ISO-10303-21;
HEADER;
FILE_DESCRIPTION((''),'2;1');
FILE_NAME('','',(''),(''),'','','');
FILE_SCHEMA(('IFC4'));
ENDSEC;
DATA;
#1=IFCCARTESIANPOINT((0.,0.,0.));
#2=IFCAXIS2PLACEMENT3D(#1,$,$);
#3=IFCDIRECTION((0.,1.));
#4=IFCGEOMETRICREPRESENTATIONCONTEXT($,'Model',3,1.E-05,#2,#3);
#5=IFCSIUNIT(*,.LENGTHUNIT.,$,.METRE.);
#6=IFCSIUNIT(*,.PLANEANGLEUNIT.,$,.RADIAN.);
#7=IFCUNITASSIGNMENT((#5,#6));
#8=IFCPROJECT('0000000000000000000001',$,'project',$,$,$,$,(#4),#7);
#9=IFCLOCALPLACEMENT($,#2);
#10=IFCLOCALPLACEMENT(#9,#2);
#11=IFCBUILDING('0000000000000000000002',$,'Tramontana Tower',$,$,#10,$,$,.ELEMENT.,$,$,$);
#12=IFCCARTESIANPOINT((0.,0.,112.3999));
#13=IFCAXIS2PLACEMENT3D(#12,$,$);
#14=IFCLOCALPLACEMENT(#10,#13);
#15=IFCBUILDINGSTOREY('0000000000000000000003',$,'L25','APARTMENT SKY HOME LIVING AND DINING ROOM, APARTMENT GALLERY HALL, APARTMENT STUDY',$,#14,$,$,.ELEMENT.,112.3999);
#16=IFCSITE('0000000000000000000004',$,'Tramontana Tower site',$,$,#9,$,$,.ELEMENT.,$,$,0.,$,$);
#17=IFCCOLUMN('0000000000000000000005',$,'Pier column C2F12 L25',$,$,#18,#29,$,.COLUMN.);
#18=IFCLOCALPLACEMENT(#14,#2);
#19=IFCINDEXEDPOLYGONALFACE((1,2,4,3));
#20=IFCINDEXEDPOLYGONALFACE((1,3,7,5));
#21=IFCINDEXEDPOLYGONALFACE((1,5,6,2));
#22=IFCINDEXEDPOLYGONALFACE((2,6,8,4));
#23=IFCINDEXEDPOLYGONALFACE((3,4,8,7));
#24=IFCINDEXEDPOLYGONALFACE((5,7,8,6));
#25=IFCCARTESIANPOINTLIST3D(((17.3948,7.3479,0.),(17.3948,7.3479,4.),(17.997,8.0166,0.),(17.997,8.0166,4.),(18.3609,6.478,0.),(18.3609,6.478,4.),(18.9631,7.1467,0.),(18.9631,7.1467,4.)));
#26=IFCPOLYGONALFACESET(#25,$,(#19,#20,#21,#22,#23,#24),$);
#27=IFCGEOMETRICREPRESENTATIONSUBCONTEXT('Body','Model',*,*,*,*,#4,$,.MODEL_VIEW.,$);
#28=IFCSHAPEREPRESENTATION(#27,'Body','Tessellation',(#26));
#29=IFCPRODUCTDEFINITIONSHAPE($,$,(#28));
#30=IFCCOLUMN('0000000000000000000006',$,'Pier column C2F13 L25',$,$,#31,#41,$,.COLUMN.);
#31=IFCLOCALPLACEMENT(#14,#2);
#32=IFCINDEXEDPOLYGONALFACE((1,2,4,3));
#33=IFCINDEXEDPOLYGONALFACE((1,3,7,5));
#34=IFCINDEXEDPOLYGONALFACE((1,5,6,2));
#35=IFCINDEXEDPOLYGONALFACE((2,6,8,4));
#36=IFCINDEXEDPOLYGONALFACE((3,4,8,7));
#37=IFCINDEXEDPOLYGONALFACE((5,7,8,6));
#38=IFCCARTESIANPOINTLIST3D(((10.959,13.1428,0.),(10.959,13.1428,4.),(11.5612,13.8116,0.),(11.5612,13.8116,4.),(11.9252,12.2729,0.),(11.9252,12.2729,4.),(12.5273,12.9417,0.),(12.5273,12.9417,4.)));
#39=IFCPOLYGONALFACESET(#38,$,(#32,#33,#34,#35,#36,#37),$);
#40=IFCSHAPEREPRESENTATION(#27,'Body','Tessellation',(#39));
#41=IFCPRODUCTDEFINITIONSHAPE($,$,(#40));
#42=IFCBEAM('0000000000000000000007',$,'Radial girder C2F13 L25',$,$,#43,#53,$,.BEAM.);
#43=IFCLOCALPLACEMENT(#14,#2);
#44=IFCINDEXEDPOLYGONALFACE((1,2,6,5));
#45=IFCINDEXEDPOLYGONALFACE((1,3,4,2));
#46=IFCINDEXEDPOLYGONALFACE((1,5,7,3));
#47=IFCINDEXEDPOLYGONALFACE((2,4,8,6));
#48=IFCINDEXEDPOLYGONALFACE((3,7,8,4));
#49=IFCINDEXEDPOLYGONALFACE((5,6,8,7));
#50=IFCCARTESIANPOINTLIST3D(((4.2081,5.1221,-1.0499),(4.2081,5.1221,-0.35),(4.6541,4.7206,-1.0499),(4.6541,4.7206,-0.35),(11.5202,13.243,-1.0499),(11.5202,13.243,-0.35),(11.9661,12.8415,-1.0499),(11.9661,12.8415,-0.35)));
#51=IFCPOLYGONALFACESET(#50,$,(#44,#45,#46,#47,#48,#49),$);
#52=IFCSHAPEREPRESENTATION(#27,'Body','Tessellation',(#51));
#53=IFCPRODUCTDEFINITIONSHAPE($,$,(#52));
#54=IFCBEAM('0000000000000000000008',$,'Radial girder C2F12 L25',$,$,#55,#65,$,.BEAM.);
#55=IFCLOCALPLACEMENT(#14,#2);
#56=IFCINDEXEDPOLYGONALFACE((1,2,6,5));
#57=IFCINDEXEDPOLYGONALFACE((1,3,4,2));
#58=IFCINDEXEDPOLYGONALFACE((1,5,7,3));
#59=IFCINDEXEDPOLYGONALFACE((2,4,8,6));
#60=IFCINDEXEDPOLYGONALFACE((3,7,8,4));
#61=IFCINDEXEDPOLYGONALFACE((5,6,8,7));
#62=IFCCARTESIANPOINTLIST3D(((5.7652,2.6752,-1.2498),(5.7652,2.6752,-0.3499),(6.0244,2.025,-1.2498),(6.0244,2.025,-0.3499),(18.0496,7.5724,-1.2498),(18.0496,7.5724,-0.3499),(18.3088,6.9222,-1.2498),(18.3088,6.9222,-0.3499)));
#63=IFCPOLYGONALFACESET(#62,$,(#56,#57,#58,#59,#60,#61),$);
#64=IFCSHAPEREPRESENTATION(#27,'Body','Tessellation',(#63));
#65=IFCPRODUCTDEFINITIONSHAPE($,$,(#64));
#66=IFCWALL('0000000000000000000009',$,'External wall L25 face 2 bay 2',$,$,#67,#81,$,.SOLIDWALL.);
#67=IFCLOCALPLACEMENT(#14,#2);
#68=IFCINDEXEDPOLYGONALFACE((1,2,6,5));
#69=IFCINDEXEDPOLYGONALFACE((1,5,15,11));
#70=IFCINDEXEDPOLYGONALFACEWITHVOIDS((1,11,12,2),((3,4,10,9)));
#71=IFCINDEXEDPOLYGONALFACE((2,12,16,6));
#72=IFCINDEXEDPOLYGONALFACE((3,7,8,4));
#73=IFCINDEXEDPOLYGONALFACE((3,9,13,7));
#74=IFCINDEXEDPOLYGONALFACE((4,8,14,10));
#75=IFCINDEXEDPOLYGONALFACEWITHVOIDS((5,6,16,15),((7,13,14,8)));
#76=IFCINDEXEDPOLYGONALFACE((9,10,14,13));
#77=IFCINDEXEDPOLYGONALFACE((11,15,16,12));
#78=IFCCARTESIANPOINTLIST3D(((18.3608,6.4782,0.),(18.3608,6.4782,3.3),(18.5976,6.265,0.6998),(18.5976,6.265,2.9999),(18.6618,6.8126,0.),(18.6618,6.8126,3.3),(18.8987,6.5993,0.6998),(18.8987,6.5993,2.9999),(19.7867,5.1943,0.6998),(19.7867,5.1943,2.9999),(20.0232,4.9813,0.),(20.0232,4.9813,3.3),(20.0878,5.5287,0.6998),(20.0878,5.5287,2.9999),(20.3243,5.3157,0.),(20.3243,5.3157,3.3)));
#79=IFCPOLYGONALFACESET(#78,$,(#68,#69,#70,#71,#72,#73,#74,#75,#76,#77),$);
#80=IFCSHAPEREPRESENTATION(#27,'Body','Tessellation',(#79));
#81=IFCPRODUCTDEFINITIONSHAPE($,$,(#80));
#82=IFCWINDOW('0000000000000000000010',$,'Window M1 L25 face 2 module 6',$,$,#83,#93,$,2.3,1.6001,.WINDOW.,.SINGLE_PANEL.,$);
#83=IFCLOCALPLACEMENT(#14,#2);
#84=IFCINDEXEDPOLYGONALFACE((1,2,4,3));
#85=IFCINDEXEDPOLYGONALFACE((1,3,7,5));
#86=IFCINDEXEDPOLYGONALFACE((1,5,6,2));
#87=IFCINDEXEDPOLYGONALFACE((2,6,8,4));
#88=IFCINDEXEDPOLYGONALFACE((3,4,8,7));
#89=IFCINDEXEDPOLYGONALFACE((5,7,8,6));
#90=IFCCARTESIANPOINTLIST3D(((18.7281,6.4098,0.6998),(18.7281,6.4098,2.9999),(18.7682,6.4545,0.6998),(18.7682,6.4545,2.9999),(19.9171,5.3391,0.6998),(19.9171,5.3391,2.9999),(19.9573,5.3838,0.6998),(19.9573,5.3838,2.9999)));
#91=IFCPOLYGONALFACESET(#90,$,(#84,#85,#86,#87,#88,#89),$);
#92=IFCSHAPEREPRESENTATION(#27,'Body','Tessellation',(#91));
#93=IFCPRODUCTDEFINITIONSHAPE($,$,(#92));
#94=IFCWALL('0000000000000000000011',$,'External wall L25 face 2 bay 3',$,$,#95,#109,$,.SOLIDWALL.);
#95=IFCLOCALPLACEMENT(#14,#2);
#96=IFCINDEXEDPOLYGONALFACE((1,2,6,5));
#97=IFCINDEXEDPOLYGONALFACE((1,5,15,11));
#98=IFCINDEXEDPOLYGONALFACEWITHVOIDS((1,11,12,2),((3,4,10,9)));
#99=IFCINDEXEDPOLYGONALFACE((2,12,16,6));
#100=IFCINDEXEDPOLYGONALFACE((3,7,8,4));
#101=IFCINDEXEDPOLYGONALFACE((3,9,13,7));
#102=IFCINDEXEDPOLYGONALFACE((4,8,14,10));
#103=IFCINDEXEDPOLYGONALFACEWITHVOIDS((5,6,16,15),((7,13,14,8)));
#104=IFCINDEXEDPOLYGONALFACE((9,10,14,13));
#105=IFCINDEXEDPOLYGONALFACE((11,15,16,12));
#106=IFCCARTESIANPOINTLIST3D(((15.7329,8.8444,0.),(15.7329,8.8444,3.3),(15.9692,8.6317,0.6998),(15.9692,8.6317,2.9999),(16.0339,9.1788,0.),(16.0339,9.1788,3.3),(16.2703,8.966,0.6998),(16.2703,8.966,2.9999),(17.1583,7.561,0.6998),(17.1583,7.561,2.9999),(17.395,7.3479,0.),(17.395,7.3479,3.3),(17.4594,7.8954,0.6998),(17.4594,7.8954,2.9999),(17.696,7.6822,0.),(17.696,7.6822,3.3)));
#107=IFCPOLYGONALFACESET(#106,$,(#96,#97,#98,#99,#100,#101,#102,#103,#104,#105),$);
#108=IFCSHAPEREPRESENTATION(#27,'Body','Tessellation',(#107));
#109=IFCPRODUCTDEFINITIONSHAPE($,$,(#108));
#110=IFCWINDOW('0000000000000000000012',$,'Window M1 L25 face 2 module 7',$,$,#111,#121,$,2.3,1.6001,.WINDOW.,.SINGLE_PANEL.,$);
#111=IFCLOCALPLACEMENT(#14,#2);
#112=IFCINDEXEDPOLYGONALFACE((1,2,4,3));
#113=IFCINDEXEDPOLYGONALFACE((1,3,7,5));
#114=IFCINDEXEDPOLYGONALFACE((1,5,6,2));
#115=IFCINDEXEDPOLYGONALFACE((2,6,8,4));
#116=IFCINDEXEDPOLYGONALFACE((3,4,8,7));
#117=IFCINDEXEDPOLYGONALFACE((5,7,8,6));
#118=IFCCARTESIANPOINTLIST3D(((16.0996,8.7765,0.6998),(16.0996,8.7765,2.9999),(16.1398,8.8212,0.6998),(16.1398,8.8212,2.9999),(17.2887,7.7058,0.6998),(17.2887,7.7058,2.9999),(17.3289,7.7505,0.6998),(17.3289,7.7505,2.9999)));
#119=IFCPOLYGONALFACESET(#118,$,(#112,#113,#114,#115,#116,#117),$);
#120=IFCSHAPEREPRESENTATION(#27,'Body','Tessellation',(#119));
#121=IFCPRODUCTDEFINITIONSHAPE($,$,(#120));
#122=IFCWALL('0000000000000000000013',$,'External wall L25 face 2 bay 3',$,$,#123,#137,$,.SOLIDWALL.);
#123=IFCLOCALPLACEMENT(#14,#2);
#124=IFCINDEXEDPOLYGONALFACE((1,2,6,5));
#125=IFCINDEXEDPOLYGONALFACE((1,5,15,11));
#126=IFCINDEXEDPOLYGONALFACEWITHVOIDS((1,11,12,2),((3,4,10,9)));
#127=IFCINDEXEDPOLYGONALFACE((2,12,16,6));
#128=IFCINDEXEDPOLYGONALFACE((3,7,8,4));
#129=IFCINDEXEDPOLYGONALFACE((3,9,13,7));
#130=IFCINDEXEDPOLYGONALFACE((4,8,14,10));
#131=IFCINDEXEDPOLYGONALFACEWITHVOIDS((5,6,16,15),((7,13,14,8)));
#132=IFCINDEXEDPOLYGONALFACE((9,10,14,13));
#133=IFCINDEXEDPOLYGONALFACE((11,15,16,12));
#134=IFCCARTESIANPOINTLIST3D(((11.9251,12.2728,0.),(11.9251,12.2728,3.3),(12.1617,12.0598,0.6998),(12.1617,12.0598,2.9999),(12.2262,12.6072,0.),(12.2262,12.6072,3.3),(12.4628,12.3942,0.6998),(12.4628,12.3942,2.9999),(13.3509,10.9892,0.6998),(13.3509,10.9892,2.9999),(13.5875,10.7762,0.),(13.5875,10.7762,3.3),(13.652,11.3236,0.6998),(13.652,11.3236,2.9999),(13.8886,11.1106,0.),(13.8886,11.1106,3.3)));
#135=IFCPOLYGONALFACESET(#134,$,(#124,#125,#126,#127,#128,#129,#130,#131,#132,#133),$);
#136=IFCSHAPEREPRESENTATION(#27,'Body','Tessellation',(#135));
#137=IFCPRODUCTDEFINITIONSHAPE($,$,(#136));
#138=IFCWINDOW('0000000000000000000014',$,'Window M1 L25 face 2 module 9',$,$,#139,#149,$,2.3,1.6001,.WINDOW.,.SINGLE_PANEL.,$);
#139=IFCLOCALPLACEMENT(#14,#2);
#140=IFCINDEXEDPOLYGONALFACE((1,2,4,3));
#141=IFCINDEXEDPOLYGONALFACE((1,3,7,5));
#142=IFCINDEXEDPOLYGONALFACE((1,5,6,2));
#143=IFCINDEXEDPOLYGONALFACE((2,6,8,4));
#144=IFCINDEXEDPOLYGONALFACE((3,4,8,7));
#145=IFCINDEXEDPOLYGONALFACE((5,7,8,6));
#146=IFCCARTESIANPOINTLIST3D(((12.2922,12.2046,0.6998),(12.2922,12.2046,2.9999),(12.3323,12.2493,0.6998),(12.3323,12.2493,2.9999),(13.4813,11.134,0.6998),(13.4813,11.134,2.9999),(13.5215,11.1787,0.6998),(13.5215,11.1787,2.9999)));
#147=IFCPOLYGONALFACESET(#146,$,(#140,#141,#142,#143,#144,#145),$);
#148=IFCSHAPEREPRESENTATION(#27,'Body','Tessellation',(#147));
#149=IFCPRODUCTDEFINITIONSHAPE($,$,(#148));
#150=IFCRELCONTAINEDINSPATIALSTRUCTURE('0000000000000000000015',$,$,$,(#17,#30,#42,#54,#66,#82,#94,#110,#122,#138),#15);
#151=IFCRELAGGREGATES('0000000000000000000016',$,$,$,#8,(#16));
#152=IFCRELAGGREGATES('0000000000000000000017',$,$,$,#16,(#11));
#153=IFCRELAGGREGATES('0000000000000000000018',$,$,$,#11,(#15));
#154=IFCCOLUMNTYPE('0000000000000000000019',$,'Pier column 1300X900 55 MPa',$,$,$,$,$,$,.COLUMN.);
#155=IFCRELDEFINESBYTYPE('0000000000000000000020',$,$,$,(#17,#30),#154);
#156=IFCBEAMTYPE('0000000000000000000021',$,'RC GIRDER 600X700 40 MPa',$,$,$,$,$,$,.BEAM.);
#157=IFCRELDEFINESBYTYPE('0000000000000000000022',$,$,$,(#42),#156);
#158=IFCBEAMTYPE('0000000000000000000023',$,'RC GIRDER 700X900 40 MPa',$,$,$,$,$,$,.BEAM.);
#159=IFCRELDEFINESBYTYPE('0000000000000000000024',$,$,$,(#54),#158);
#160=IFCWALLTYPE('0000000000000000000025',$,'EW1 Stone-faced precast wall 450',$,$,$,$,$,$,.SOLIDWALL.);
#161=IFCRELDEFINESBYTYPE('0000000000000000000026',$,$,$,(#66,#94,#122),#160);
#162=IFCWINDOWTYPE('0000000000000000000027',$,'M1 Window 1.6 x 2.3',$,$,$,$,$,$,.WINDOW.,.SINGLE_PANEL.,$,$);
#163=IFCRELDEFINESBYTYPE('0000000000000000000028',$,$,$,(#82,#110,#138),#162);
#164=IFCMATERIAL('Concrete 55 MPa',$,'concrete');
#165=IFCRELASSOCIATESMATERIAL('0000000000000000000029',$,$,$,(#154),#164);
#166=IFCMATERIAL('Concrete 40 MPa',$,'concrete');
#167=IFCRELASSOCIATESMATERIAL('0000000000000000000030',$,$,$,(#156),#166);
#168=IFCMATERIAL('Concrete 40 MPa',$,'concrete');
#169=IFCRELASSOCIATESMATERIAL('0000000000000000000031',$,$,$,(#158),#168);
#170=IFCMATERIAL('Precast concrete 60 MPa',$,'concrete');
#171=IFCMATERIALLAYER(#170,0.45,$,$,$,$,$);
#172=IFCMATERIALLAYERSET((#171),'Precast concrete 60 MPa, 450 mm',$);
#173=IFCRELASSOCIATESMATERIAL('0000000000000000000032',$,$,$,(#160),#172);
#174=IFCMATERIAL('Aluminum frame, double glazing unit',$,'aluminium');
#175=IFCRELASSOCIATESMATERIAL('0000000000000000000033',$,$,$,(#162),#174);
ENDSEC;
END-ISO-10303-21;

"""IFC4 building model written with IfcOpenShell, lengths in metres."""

from ifc_helpers import new_model, si_unit, direction, frame, frame_2d, origin, origin_2d, place, context, subcontext, project, spatial, rectangle, extrude, material, layer, layer_set, material_profile, profile_set, type_object, element, fill, save


model = new_model("IFC4")

# Units and contexts
model_context = context("Model", 3, precision=1e-05, world=origin(), true_north=direction((0.0, 1.0)))
body_context = subcontext(model_context, "Body", "Model", "MODEL_VIEW")
ifc_project = project(units=[si_unit("LENGTHUNIT", "METRE"), si_unit("PLANEANGLEUNIT", "RADIAN")], contexts=[model_context])

# Site, building, storey
site_placement = place(None, origin())
site = spatial("IfcSite", under=ifc_project, at=site_placement, Name="Tramontana Tower site", CompositionType="ELEMENT", RefElevation=0.0)
building_placement = place(site_placement, origin())
building = spatial("IfcBuilding", under=site, at=building_placement, Name="Tramontana Tower", CompositionType="ELEMENT")
storey_placement = place(building_placement, frame((0.0, 0.0, 112.3999)))
storey = spatial("IfcBuildingStorey", under=building, at=storey_placement, Name="L25", Description="APARTMENT SKY HOME LIVING AND DINING ROOM, APARTMENT GALLERY HALL, APARTMENT STUDY", CompositionType="ELEMENT", Elevation=112.3999)

# Columns
ifc_material_1 = material(Name="Concrete 55 MPa", Category="concrete")
ifc_material_profile_1 = material_profile(ifc_material_1, rectangle(XDim=1.3, YDim=0.8999, at=origin_2d()), Name="Pier column 1300X900 55 MPa")
ifc_profile_set_1 = profile_set([ifc_material_profile_1], Name="Concrete 55 MPa")
column_type = type_object("IfcColumnType", Name="Pier column 1300X900 55 MPa", PredefinedType="COLUMN", material=ifc_profile_set_1)
for number, where, z_axis, x_axis, name in (
    (1, (18.179, 7.2473, 0.0), (0.0, 0.0, 1.0), (-0.743145, 0.669131, 0.0), "Pier column C2F12 L25"),
    (2, (11.7432, 13.0422, 0.0), (0.0, 0.0, 1.0), (-0.743145, 0.669131, 0.0), "Pier column C2F13 L25"),
):
    element("IfcColumn", number, at=place(storey_placement, frame(where, z_axis=z_axis, x_axis=x_axis)), inside=storey, type_object=column_type, Name=name, PredefinedType="COLUMN", context=body_context, shape_type="SweptSolid", body=[
        extrude(rectangle(XDim=1.3, YDim=0.8999, at=origin_2d()), origin(), (0.0, 0.0, 1.0), 4.0),
    ])

# Beams
ifc_material_2 = material(Name="Concrete 40 MPa", Category="concrete")
ifc_material_profile_2 = material_profile(ifc_material_2, rectangle(XDim=0.6001, YDim=0.7, at=origin_2d()), Name="RC GIRDER 600X700 40 MPa")
ifc_profile_set_2 = profile_set([ifc_material_profile_2], Name="Concrete 40 MPa")
beam_type_1 = type_object("IfcBeamType", Name="RC GIRDER 600X700 40 MPa", PredefinedType="BEAM", material=ifc_profile_set_2)
beam_1_placement = place(storey_placement, frame((11.7432, 13.0422, -0.7), z_axis=(-0.669129, -0.743146, 0.0), x_axis=(0.743146, -0.669129, 0.0)))
element("IfcBeam", 3, at=beam_1_placement, inside=storey, type_object=beam_type_1, Name="Radial girder C2F13 L25", PredefinedType="BEAM", context=body_context, shape_type="SweptSolid", body=[
    extrude(rectangle(XDim=0.6001, YDim=0.7, at=origin_2d()), origin(), (0.0, 0.0, 1.0), 10.9277),
])
ifc_material_3 = material(Name="Concrete 40 MPa", Category="concrete")
ifc_material_profile_3 = material_profile(ifc_material_3, rectangle(XDim=0.7, YDim=0.8999, at=origin_2d()), Name="RC GIRDER 700X900 40 MPa")
ifc_profile_set_3 = profile_set([ifc_material_profile_3], Name="Concrete 40 MPa")
beam_type_2 = type_object("IfcBeamType", Name="RC GIRDER 700X900 40 MPa", PredefinedType="BEAM", material=ifc_profile_set_3)
beam_2_placement = place(storey_placement, frame((18.1792, 7.2473, -0.7998), z_axis=(-0.928908, -0.370311, 0.0), x_axis=(0.370311, -0.928908, 0.0)))
element("IfcBeam", 4, at=beam_2_placement, inside=storey, type_object=beam_type_2, Name="Radial girder C2F12 L25", PredefinedType="BEAM", context=body_context, shape_type="SweptSolid", body=[
    extrude(rectangle(XDim=0.7, YDim=0.8999, at=origin_2d()), origin(), (0.0, 0.0, 1.0), 13.2246),
])

# Walls, openings, windows
ifc_material_4 = material(Name="Precast concrete 60 MPa", Category="concrete")
ifc_layer_1 = layer(ifc_material_4, 0.45)
ifc_layer_set_1 = layer_set([ifc_layer_1], Name="Precast concrete 60 MPa, 450 mm")
wall_type_1 = type_object("IfcWallType", Name="EW1 Stone-faced precast wall 450", PredefinedType="SOLIDWALL", material=ifc_layer_set_1)
wall_1_placement = place(storey_placement, frame((20.1738, 5.1484, 0.0), z_axis=(0.0, 0.0, 1.0), x_axis=(-0.743137, 0.66914, 0.0)))
wall_1 = element("IfcWall", 5, at=wall_1_placement, inside=storey, type_object=wall_type_1, Name="External wall L25 face 2 bay 2", PredefinedType="SOLIDWALL", context=body_context, shape_type="SweptSolid", body=[
    extrude(rectangle(XDim=2.2371, YDim=0.45, at=frame_2d((1.1187, 0.0))), origin(), (0.0, 0.0, 1.0), 3.3),
])
opening_1_placement = place(wall_1_placement, frame((0.3184, 0.0, 0.7)))
opening_1 = element("IfcOpeningElement", 6, at=opening_1_placement, cuts=wall_1, PredefinedType="OPENING", context=body_context, shape_type="SweptSolid", body=[
    extrude(rectangle(XDim=1.6001, YDim=2.3, at=frame_2d((0.8, 1.1499))), frame((0.0, 0.2349, 0.0), z_axis=(0.0, -1.0, 0.0), x_axis=(1.0, 0.0, 0.0)), (0.0, 0.0, 1.0), 0.47),
])
ifc_material_5 = material(Name="Aluminum frame, double glazing unit", Category="aluminium")
window_type = type_object("IfcWindowType", Name="M1 Window 1.6 x 2.3", PartitioningType="SINGLE_PANEL", PredefinedType="WINDOW", material=ifc_material_5)
window_1_placement = place(opening_1_placement, origin())
window_1 = element("IfcWindow", 7, at=window_1_placement, inside=storey, type_object=window_type, Name="Window M1 L25 face 2 module 6", OverallHeight=2.3, OverallWidth=1.6001, PartitioningType="SINGLE_PANEL", PredefinedType="WINDOW", context=body_context, shape_type="SweptSolid", body=[
    extrude(rectangle(XDim=1.6001, YDim=2.3, at=frame_2d((0.8, 1.1499))), frame((0.0, 0.03, 0.0), z_axis=(0.0, -1.0, 0.0), x_axis=(1.0, 0.0, 0.0)), (0.0, 0.0, 1.0), 0.0601),
])
fill(opening_1, window_1)
wall_2_placement = place(storey_placement, frame((17.5454, 7.5151, 0.0), z_axis=(0.0, 0.0, 1.0), x_axis=(-0.743142, 0.669134, 0.0)))
wall_2 = element("IfcWall", 8, at=wall_2_placement, inside=storey, type_object=wall_type_1, Name="External wall L25 face 2 bay 3", PredefinedType="SOLIDWALL", context=body_context, shape_type="SweptSolid", body=[
    extrude(rectangle(XDim=2.2366, YDim=0.45, at=frame_2d((1.1182, 0.0))), origin(), (0.0, 0.0, 1.0), 3.3),
])
opening_2_placement = place(wall_2_placement, frame((0.3184, 0.0, 0.7)))
opening_2 = element("IfcOpeningElement", 9, at=opening_2_placement, cuts=wall_2, PredefinedType="OPENING", context=body_context, shape_type="SweptSolid", body=[
    extrude(rectangle(XDim=1.6001, YDim=2.3, at=frame_2d((0.8, 1.1499))), frame((0.0, 0.2349, 0.0), z_axis=(0.0, -1.0, 0.0), x_axis=(1.0, 0.0, 0.0)), (0.0, 0.0, 1.0), 0.47),
])
window_2_placement = place(opening_2_placement, origin())
window_2 = element("IfcWindow", 10, at=window_2_placement, inside=storey, type_object=window_type, Name="Window M1 L25 face 2 module 7", OverallHeight=2.3, OverallWidth=1.6001, PartitioningType="SINGLE_PANEL", PredefinedType="WINDOW", context=body_context, shape_type="SweptSolid", body=[
    extrude(rectangle(XDim=1.6001, YDim=2.3, at=frame_2d((0.8, 1.1499))), frame((0.0, 0.03, 0.0), z_axis=(0.0, -1.0, 0.0), x_axis=(1.0, 0.0, 0.0)), (0.0, 0.0, 1.0), 0.0601),
])
fill(opening_2, window_2)
wall_3_placement = place(storey_placement, frame((13.738, 10.9434, 0.0), z_axis=(0.0, 0.0, 1.0), x_axis=(-0.743191, 0.669079, 0.0)))
wall_3 = element("IfcWall", 11, at=wall_3_placement, inside=storey, type_object=wall_type_1, Name="External wall L25 face 2 bay 3", PredefinedType="SOLIDWALL", context=body_context, shape_type="SweptSolid", body=[
    extrude(rectangle(XDim=2.2368, YDim=0.45, at=frame_2d((1.1184, 0.0))), origin(), (0.0, 0.0, 1.0), 3.3),
])
opening_3_placement = place(wall_3_placement, frame((0.3184, 0.0, 0.7)))
opening_3 = element("IfcOpeningElement", 12, at=opening_3_placement, cuts=wall_3, PredefinedType="OPENING", context=body_context, shape_type="SweptSolid", body=[
    extrude(rectangle(XDim=1.6001, YDim=2.3, at=frame_2d((0.8, 1.1499))), frame((0.0, 0.2349, 0.0), z_axis=(0.0, -1.0, 0.0), x_axis=(1.0, 0.0, 0.0)), (0.0, 0.0, 1.0), 0.47),
])
window_3_placement = place(opening_3_placement, origin())
window_3 = element("IfcWindow", 13, at=window_3_placement, inside=storey, type_object=window_type, Name="Window M1 L25 face 2 module 9", OverallHeight=2.3, OverallWidth=1.6001, PartitioningType="SINGLE_PANEL", PredefinedType="WINDOW", context=body_context, shape_type="SweptSolid", body=[
    extrude(rectangle(XDim=1.6001, YDim=2.3, at=frame_2d((0.8, 1.1499))), frame((0.0, 0.03, 0.0), z_axis=(0.0, -1.0, 0.0), x_axis=(1.0, 0.0, 0.0)), (0.0, 0.0, 1.0), 0.0601),
])
fill(opening_3, window_3)

save(model, "model.ifc")
